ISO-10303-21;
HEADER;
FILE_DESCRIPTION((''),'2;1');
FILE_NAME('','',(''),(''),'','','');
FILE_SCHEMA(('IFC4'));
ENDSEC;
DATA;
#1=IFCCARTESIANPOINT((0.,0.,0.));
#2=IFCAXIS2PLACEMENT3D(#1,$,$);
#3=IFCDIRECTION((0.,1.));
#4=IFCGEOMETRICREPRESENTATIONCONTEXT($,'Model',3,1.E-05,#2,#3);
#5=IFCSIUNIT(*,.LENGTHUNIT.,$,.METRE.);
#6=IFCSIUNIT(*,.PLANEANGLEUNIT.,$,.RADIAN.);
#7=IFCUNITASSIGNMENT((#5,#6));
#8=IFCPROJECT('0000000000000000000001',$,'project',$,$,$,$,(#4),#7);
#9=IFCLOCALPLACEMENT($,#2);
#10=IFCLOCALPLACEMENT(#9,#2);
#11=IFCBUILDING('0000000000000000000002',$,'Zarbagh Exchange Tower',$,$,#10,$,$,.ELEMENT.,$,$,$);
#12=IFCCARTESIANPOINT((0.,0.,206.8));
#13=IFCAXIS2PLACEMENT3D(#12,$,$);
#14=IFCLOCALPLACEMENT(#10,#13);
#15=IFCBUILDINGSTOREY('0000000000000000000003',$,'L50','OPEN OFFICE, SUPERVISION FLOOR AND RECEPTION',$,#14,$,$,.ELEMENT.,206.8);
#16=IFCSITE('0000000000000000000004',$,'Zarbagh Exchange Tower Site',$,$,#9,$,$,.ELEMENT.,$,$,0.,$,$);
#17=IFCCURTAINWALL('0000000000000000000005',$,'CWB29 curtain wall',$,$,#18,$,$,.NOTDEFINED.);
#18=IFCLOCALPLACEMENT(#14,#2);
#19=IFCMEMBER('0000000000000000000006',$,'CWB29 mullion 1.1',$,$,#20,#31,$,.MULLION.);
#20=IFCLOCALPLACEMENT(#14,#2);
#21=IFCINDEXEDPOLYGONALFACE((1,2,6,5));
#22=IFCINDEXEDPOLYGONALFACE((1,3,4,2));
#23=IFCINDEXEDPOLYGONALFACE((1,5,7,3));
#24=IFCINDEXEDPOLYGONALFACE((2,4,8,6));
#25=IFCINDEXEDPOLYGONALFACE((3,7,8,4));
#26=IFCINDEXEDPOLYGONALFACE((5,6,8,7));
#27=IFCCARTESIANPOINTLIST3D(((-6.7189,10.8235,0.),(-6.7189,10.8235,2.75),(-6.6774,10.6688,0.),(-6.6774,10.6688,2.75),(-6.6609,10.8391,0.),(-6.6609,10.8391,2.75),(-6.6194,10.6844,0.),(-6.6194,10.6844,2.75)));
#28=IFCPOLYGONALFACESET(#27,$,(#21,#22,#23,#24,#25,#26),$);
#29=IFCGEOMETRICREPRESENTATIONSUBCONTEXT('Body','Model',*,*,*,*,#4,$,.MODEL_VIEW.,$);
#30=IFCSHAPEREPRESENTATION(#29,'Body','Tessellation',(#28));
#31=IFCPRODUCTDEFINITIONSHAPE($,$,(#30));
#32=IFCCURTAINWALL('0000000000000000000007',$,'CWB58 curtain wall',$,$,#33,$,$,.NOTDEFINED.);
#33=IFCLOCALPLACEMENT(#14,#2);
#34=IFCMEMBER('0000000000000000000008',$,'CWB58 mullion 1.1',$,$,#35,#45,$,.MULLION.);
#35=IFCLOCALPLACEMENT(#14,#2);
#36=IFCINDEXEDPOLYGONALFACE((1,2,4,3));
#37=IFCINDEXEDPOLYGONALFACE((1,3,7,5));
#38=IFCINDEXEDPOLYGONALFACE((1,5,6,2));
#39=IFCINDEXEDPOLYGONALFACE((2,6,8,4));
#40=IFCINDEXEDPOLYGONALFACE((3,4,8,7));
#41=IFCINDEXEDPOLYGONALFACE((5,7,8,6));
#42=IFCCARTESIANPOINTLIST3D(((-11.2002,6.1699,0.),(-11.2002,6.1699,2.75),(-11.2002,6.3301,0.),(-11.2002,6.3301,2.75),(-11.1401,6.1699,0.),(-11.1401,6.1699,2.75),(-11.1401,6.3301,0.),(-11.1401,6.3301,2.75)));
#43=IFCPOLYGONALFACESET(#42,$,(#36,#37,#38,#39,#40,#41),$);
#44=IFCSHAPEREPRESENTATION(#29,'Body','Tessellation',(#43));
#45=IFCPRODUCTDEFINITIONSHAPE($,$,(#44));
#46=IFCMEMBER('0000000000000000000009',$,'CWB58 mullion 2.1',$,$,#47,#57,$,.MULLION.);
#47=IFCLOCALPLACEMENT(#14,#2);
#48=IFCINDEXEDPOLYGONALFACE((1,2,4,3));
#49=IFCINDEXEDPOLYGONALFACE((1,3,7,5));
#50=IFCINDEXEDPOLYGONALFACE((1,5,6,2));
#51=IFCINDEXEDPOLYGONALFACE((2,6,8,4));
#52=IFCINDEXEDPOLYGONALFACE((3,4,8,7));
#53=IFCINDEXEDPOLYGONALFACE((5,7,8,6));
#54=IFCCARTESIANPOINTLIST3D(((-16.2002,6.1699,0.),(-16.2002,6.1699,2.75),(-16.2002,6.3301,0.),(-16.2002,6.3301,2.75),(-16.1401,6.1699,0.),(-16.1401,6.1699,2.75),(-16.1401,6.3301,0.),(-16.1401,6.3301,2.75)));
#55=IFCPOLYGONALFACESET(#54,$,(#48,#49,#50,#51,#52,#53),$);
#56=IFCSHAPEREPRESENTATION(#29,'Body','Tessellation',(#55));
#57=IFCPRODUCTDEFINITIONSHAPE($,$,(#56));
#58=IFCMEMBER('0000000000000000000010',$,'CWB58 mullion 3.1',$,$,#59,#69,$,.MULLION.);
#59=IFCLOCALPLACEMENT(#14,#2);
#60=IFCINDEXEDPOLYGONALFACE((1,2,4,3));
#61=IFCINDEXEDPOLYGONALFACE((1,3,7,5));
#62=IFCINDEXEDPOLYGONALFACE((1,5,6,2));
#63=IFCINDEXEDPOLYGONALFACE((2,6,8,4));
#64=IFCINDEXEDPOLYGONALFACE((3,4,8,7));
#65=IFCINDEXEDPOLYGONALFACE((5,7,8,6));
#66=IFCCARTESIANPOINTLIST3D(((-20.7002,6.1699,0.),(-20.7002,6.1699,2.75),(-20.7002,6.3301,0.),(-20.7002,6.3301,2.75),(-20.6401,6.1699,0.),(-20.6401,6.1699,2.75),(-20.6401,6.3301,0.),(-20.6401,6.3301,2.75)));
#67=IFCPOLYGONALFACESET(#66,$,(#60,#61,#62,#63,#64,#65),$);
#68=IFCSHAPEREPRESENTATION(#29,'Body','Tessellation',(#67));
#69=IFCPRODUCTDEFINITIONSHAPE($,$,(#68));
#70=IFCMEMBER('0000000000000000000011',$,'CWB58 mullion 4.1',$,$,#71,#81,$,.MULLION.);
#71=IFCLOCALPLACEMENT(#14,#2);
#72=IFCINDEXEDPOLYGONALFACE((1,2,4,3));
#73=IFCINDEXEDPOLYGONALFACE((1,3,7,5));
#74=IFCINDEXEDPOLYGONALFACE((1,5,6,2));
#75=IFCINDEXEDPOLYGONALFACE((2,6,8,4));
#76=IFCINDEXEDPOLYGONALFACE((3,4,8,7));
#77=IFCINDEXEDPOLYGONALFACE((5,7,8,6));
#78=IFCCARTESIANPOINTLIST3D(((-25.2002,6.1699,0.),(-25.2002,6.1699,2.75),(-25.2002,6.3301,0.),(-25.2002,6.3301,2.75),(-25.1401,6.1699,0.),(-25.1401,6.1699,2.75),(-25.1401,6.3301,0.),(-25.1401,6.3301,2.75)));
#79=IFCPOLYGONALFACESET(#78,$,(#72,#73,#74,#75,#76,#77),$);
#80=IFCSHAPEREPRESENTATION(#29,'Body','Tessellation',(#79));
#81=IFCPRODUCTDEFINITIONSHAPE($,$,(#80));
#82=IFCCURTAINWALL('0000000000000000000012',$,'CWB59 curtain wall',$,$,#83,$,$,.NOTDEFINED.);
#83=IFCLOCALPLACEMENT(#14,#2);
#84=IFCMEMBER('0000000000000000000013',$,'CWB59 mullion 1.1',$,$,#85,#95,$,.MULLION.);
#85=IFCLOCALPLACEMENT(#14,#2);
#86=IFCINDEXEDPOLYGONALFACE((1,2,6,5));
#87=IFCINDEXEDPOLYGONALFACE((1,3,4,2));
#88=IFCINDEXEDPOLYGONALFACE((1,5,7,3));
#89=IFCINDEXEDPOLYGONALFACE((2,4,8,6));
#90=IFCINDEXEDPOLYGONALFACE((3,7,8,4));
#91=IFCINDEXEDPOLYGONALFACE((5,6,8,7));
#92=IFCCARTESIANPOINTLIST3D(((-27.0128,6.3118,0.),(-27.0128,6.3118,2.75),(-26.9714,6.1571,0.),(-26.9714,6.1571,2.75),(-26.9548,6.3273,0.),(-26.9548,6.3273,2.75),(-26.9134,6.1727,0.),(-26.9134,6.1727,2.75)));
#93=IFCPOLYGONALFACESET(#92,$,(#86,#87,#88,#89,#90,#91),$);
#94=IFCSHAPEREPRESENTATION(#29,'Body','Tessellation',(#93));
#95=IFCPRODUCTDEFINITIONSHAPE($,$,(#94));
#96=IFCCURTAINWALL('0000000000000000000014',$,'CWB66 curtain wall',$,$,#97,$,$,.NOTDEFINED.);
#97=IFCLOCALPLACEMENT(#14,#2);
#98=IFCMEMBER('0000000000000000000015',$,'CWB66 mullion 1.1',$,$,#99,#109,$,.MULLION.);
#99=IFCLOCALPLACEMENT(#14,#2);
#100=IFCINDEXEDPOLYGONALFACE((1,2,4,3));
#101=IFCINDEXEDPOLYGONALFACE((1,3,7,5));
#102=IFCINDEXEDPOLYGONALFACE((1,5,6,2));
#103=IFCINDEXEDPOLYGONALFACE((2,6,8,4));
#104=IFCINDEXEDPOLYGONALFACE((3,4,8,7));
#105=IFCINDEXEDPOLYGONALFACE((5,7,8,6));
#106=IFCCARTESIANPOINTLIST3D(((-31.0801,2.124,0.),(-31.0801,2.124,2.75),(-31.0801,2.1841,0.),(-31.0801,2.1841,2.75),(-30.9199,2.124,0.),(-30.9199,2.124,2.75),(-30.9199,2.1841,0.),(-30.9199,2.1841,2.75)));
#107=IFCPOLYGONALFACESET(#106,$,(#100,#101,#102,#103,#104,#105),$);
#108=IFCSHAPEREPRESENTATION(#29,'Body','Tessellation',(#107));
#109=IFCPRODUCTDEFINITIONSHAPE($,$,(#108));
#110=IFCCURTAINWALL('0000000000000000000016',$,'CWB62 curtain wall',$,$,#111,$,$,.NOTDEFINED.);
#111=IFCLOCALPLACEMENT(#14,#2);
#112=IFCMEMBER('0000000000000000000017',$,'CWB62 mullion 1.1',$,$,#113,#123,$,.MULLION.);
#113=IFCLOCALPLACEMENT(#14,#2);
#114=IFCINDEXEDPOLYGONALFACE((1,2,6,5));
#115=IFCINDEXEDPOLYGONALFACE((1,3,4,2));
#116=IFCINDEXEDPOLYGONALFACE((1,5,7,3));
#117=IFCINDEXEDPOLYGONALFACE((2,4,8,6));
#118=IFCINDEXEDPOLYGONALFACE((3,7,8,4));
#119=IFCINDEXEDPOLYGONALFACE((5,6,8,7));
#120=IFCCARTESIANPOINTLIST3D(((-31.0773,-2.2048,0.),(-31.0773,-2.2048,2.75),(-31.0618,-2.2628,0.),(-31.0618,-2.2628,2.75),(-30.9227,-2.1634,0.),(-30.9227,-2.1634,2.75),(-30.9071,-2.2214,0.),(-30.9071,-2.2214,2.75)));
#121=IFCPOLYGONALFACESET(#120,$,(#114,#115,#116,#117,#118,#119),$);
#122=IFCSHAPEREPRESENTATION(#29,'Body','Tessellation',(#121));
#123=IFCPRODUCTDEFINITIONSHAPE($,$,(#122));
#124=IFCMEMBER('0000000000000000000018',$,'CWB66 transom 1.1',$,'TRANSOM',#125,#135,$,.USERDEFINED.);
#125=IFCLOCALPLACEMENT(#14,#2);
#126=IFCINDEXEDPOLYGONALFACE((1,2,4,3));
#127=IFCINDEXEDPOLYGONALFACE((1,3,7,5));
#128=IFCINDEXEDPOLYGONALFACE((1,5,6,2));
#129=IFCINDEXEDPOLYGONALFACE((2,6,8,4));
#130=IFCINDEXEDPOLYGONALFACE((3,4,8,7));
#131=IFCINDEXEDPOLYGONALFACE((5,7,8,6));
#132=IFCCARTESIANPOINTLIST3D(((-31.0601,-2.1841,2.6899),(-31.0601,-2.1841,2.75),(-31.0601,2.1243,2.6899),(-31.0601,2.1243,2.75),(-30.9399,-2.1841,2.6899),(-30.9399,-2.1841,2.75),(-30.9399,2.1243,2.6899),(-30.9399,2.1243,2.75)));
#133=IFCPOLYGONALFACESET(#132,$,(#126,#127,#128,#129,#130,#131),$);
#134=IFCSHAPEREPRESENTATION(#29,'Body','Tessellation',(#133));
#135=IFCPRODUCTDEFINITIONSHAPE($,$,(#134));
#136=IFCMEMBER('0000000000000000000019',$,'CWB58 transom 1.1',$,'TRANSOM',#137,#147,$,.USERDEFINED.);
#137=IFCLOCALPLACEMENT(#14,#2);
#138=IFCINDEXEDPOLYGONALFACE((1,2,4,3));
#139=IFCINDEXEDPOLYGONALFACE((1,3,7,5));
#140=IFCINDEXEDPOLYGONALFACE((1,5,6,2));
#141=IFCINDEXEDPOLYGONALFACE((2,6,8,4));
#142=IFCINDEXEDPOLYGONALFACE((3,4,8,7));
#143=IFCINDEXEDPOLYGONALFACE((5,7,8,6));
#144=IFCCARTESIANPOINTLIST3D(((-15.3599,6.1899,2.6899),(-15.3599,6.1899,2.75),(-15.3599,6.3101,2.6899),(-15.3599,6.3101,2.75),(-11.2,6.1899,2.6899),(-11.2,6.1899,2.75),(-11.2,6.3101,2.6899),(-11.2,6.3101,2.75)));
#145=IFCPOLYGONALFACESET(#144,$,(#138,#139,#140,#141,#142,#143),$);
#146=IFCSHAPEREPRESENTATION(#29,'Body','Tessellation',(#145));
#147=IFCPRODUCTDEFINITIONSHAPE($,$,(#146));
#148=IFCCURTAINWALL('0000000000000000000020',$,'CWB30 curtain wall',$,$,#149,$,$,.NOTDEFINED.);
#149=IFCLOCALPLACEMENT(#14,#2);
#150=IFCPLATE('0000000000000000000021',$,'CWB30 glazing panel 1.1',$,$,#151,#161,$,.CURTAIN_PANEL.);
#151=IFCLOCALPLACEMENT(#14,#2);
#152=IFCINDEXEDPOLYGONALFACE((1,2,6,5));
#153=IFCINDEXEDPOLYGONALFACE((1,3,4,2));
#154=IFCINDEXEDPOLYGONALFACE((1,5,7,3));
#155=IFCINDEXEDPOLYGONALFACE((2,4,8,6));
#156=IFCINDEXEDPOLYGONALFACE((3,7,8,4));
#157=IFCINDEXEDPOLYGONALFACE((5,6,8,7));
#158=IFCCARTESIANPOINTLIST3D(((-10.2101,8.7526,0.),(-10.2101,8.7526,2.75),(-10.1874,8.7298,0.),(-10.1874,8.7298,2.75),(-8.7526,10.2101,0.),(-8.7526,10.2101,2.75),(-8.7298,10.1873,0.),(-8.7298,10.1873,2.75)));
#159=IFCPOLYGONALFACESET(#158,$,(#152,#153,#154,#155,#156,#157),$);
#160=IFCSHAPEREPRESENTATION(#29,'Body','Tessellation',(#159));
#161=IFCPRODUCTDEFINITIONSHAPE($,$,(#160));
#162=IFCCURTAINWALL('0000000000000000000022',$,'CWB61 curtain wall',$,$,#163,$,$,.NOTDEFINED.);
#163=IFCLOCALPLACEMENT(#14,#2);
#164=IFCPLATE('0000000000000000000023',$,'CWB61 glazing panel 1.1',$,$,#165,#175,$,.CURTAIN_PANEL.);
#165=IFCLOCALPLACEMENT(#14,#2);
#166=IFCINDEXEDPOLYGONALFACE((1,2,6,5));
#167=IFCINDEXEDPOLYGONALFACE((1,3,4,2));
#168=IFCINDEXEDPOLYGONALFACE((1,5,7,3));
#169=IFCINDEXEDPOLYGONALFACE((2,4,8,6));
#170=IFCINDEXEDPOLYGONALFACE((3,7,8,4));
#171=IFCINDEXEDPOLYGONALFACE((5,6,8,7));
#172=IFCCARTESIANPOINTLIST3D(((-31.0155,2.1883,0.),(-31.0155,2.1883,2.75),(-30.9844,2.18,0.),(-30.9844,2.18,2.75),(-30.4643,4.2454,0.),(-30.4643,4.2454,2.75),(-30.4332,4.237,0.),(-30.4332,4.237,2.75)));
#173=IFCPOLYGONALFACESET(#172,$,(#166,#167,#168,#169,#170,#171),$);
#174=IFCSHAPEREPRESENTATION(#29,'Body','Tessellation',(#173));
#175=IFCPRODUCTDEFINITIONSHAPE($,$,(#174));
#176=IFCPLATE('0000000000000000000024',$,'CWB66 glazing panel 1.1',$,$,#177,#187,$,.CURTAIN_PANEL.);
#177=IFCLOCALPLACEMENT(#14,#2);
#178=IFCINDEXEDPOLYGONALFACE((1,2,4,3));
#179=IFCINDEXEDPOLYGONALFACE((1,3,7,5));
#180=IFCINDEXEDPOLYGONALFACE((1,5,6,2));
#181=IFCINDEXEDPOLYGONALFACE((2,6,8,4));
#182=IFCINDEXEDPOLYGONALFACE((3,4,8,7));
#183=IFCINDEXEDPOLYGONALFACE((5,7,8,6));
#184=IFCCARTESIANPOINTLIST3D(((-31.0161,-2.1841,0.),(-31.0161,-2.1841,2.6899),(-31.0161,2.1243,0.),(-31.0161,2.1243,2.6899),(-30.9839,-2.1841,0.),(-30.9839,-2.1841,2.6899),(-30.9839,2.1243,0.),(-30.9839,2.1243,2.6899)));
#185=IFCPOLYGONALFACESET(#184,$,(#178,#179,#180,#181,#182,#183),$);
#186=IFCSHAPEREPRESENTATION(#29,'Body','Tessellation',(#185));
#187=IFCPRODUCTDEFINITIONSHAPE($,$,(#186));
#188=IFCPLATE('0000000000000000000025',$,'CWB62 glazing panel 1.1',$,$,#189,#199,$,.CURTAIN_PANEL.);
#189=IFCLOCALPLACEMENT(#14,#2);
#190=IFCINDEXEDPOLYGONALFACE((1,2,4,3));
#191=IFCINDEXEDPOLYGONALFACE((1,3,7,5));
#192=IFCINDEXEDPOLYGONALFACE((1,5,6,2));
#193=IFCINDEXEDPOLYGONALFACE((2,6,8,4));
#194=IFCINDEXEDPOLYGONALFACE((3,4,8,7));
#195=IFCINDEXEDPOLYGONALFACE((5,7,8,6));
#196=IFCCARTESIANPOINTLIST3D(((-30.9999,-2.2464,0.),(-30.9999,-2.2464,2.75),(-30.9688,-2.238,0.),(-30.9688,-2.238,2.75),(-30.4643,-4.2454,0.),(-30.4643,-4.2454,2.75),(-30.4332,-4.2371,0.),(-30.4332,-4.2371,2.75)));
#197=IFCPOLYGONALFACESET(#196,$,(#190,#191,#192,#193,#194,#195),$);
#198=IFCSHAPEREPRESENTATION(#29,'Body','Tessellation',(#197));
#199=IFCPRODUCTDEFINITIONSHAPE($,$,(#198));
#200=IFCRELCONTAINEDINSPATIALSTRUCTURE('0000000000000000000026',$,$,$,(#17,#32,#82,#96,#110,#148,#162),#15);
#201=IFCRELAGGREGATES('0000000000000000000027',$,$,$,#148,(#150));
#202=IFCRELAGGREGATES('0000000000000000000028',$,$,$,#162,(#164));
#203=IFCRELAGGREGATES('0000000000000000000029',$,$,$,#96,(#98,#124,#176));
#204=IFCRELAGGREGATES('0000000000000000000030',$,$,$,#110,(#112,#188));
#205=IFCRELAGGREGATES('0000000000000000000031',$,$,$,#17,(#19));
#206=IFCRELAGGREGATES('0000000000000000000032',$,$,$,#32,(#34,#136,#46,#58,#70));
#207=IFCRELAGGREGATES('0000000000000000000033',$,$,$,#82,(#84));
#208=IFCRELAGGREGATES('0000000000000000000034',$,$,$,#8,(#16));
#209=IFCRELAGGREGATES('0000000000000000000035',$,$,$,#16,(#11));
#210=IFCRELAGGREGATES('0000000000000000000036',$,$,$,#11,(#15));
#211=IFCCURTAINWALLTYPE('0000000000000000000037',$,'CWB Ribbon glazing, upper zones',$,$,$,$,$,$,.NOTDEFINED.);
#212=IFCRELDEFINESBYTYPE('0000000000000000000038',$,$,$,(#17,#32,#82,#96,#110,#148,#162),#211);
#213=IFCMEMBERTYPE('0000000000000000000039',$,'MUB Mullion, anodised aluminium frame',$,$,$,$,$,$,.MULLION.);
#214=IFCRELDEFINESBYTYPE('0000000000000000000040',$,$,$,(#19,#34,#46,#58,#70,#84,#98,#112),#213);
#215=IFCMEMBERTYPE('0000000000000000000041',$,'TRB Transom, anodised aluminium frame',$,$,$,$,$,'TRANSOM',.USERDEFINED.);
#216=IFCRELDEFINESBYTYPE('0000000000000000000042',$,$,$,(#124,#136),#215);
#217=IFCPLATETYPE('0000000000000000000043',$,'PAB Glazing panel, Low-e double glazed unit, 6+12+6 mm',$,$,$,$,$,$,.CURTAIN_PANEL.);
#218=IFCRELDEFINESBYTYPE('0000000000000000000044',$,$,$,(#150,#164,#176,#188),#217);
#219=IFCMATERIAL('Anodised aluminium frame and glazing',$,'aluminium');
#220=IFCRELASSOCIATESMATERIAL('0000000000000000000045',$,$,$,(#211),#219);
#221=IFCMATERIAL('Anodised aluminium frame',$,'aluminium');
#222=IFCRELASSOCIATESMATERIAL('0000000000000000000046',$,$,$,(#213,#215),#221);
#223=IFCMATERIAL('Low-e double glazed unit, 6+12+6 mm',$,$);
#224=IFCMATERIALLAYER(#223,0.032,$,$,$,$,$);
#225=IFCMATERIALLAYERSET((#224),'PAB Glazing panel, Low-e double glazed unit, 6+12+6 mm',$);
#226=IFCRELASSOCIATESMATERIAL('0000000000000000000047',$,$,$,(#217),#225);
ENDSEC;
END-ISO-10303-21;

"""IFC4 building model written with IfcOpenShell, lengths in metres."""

from ifc_helpers import new_model, si_unit, direction, frame, origin, place, context, subcontext, project, spatial, polyline, outline, extrude, source, transform, mapped, material, layer, layer_set, type_object, element, aggregate, save


model = new_model("IFC4")

# Units and contexts
model_context = context("Model", 3, precision=1e-05, world=origin(), true_north=direction((0.0, 1.0)))
body_context = subcontext(model_context, "Body", "Model", "MODEL_VIEW")
ifc_project = project(units=[si_unit("LENGTHUNIT", "METRE"), si_unit("PLANEANGLEUNIT", "RADIAN")], contexts=[model_context])

# Site, building, storey
site_placement = place(None, origin())
site = spatial("IfcSite", under=ifc_project, at=site_placement, Name="Zarbagh Exchange Tower Site", CompositionType="ELEMENT", RefElevation=0.0)
building_placement = place(site_placement, origin())
building = spatial("IfcBuilding", under=site, at=building_placement, Name="Zarbagh Exchange Tower", CompositionType="ELEMENT")
storey_placement = place(building_placement, frame((0.0, 0.0, 206.8)))
storey = spatial("IfcBuildingStorey", under=building, at=storey_placement, Name="L50", Description="OPEN OFFICE, SUPERVISION FLOOR AND RECEPTION", CompositionType="ELEMENT", Elevation=206.8)

# Curtain wall, member
ifc_material_1 = material(Name="Anodised aluminium frame and glazing", Category="aluminium")
curtain_wall_type = type_object("IfcCurtainWallType", Name="CWB Ribbon glazing, upper zones", PredefinedType="NOTDEFINED", material=ifc_material_1)
curtain_wall_1_placement = place(storey_placement, origin())
curtain_wall_1 = element("IfcCurtainWall", 1, at=curtain_wall_1_placement, inside=storey, type_object=curtain_wall_type, Name="CWB29 curtain wall", PredefinedType="NOTDEFINED")
ifc_material_2 = material(Name="Anodised aluminium frame", Category="aluminium")
member_type_1 = type_object("IfcMemberType", Name="MUB Mullion, anodised aluminium frame", PredefinedType="MULLION", material=ifc_material_2)
shared_shape_1 = source(origin(), body_context, "Body", "SweptSolid", [
    extrude(outline(polyline([(0.0, -0.0801), (0.0601, -0.0801), (0.0601, 0.0801), (0.0, 0.0801), (0.0, -0.0801)])), origin(), (0.0, 0.0, 1.0), 2.75),
])
placement = place(storey_placement, origin())
member_1 = element("IfcMember", 2, at=placement, type_object=member_type_1, Name="CWB29 mullion 1.1", PredefinedType="MULLION", context=body_context, shape_type="MappedRepresentation", body=[
    mapped(shared_shape_1, transform((-6.6401, 10.7617, 0.0), x_axis=(-0.965924, -0.258825, 0.0), y_axis=(0.258825, -0.965924, 0.0), z_axis=(0.0, 0.0, 1.0))),
])

# Curtain wall, members
curtain_wall_2_placement = place(storey_placement, origin())
curtain_wall_2 = element("IfcCurtainWall", 3, at=curtain_wall_2_placement, inside=storey, type_object=curtain_wall_type, Name="CWB58 curtain wall", PredefinedType="NOTDEFINED")
member_2 = element("IfcMember", 4, at=placement, type_object=member_type_1, Name="CWB58 mullion 1.1", PredefinedType="MULLION", context=body_context, shape_type="MappedRepresentation", body=[
    mapped(shared_shape_1, transform((-11.1401, 6.25, 0.0), x_axis=(-1.0, 0.0, 0.0), y_axis=(0.0, -1.0, 0.0), z_axis=(0.0, 0.0, 1.0))),
])
member_3 = element("IfcMember", 5, at=placement, type_object=member_type_1, Name="CWB58 mullion 2.1", PredefinedType="MULLION", context=body_context, shape_type="MappedRepresentation", body=[
    mapped(shared_shape_1, transform((-16.1401, 6.25, 0.0), x_axis=(-1.0, 0.0, 0.0), y_axis=(0.0, -1.0, 0.0), z_axis=(0.0, 0.0, 1.0))),
])
member_4 = element("IfcMember", 6, at=placement, type_object=member_type_1, Name="CWB58 mullion 3.1", PredefinedType="MULLION", context=body_context, shape_type="MappedRepresentation", body=[
    mapped(shared_shape_1, transform((-20.6401, 6.25, 0.0), x_axis=(-1.0, 0.0, 0.0), y_axis=(0.0, -1.0, 0.0), z_axis=(0.0, 0.0, 1.0))),
])
member_5 = element("IfcMember", 7, at=placement, type_object=member_type_1, Name="CWB58 mullion 4.1", PredefinedType="MULLION", context=body_context, shape_type="MappedRepresentation", body=[
    mapped(shared_shape_1, transform((-25.1401, 6.25, 0.0), x_axis=(-1.0, 0.0, 0.0), y_axis=(0.0, -1.0, 0.0), z_axis=(0.0, 0.0, 1.0))),
])

# Curtain walls, members
curtain_wall_3_placement = place(storey_placement, origin())
curtain_wall_3 = element("IfcCurtainWall", 8, at=curtain_wall_3_placement, inside=storey, type_object=curtain_wall_type, Name="CWB59 curtain wall", PredefinedType="NOTDEFINED")
member_6 = element("IfcMember", 9, at=placement, type_object=member_type_1, Name="CWB59 mullion 1.1", PredefinedType="MULLION", context=body_context, shape_type="MappedRepresentation", body=[
    mapped(shared_shape_1, transform((-26.9341, 6.25, 0.0), x_axis=(-0.965924, -0.258825, 0.0), y_axis=(0.258825, -0.965924, 0.0), z_axis=(0.0, 0.0, 1.0))),
])
curtain_wall_4_placement = place(storey_placement, origin())
curtain_wall_4 = element("IfcCurtainWall", 10, at=curtain_wall_4_placement, inside=storey, type_object=curtain_wall_type, Name="CWB66 curtain wall", PredefinedType="NOTDEFINED")
member_7 = element("IfcMember", 11, at=placement, type_object=member_type_1, Name="CWB66 mullion 1.1", PredefinedType="MULLION", context=body_context, shape_type="MappedRepresentation", body=[
    mapped(shared_shape_1, transform((-31.0, 2.1841, 0.0), x_axis=(0.0, -1.0, 0.0), y_axis=(1.0, 0.0, 0.0), z_axis=(0.0, 0.0, 1.0))),
])
curtain_wall_5_placement = place(storey_placement, origin())
curtain_wall_5 = element("IfcCurtainWall", 12, at=curtain_wall_5_placement, inside=storey, type_object=curtain_wall_type, Name="CWB62 curtain wall", PredefinedType="NOTDEFINED")
member_8 = element("IfcMember", 13, at=placement, type_object=member_type_1, Name="CWB62 mullion 1.1", PredefinedType="MULLION", context=body_context, shape_type="MappedRepresentation", body=[
    mapped(shared_shape_1, transform((-31.0, -2.1841, 0.0), x_axis=(0.258825, -0.965924, 0.0), y_axis=(0.965924, 0.258825, 0.0), z_axis=(0.0, 0.0, 1.0))),
])

# Members
member_type_2 = type_object("IfcMemberType", Name="TRB Transom, anodised aluminium frame", ElementType="TRANSOM", PredefinedType="USERDEFINED", material=ifc_material_2)
shared_shape_2 = source(origin(), body_context, "Body", "SweptSolid", [
    extrude(outline(polyline([(-0.0601, -0.0601), (0.0, -0.0601), (0.0, 0.0601), (-0.0601, 0.0601), (-0.0601, -0.0601)])), origin(), (0.0, 0.0, 1.0), 4.3083),
])
member_9 = element("IfcMember", 14, at=placement, type_object=member_type_2, Name="CWB66 transom 1.1", ObjectType="TRANSOM", PredefinedType="USERDEFINED", context=body_context, shape_type="MappedRepresentation", body=[
    mapped(shared_shape_2, transform((-31.0, 2.1243, 2.75), x_axis=(0.0, 0.0, 1.0), y_axis=(-1.0, 0.0, 0.0), z_axis=(0.0, -1.0, 0.0))),
])
shared_shape_3 = source(origin(), body_context, "Body", "SweptSolid", [
    extrude(outline(polyline([(-0.0601, -0.0601), (0.0, -0.0601), (0.0, 0.0601), (-0.0601, 0.0601), (-0.0601, -0.0601)])), origin(), (0.0, 0.0, 1.0), 4.1599),
])
member_10 = element("IfcMember", 15, at=placement, type_object=member_type_2, Name="CWB58 transom 1.1", ObjectType="TRANSOM", PredefinedType="USERDEFINED", context=body_context, shape_type="MappedRepresentation", body=[
    mapped(shared_shape_3, transform((-11.2, 6.25, 2.75), x_axis=(0.0, 0.0, 1.0), y_axis=(0.0, 1.0, 0.0), z_axis=(-1.0, 0.0, 0.0))),
])

# Curtain walls, plates
curtain_wall_6_placement = place(storey_placement, origin())
curtain_wall_6 = element("IfcCurtainWall", 16, at=curtain_wall_6_placement, inside=storey, type_object=curtain_wall_type, Name="CWB30 curtain wall", PredefinedType="NOTDEFINED")
ifc_material_3 = material(Name="Low-e double glazed unit, 6+12+6 mm")
ifc_layer = layer(ifc_material_3, 0.032)
ifc_layer_set = layer_set([ifc_layer], Name="PAB Glazing panel, Low-e double glazed unit, 6+12+6 mm")
plate_type = type_object("IfcPlateType", Name="PAB Glazing panel, Low-e double glazed unit, 6+12+6 mm", PredefinedType="CURTAIN_PANEL", material=ifc_layer_set)
shared_shape_4 = source(origin(), body_context, "Body", "SweptSolid", [
    extrude(outline(polyline([(0.0, -0.0161), (2.0613, -0.0161), (2.0613, 0.0161), (0.0, 0.0161), (0.0, -0.0161)])), origin(), (0.0, 0.0, 1.0), 2.75),
])
plate_1 = element("IfcPlate", 17, at=placement, type_object=plate_type, Name="CWB30 glazing panel 1.1", PredefinedType="CURTAIN_PANEL", context=body_context, shape_type="MappedRepresentation", body=[
    mapped(shared_shape_4, transform((-8.7412, 10.1987, 0.0), x_axis=(-0.707107, -0.707107, 0.0), y_axis=(0.707107, -0.707107, 0.0), z_axis=(0.0, 0.0, 1.0))),
])
aggregate(curtain_wall_6, [plate_1])
curtain_wall_7_placement = place(storey_placement, origin())
curtain_wall_7 = element("IfcCurtainWall", 18, at=curtain_wall_7_placement, inside=storey, type_object=curtain_wall_type, Name="CWB61 curtain wall", PredefinedType="NOTDEFINED")
shared_shape_5 = source(origin(), body_context, "Body", "SweptSolid", [
    extrude(outline(polyline([(0.0, -0.0161), (2.1296, -0.0161), (2.1296, 0.0161), (0.0, 0.0161), (0.0, -0.0161)])), origin(), (0.0, 0.0, 1.0), 2.75),
])
plate_2 = element("IfcPlate", 19, at=placement, type_object=plate_type, Name="CWB61 glazing panel 1.1", PredefinedType="CURTAIN_PANEL", context=body_context, shape_type="MappedRepresentation", body=[
    mapped(shared_shape_5, transform((-30.4487, 4.2412, 0.0), x_axis=(-0.258825, -0.965924, 0.0), y_axis=(0.965924, -0.258825, 0.0), z_axis=(0.0, 0.0, 1.0))),
])
aggregate(curtain_wall_7, [plate_2])

# Plates
shared_shape_6 = source(origin(), body_context, "Body", "SweptSolid", [
    extrude(outline(polyline([(0.0, -0.0161), (4.3083, -0.0161), (4.3083, 0.0161), (0.0, 0.0161), (0.0, -0.0161)])), origin(), (0.0, 0.0, 1.0), 2.6899),
])
plate_3 = element("IfcPlate", 20, at=placement, type_object=plate_type, Name="CWB66 glazing panel 1.1", PredefinedType="CURTAIN_PANEL", context=body_context, shape_type="MappedRepresentation", body=[
    mapped(shared_shape_6, transform((-31.0, 2.1243, 0.0), x_axis=(0.0, -1.0, 0.0), y_axis=(1.0, 0.0, 0.0), z_axis=(0.0, 0.0, 1.0))),
])
aggregate(curtain_wall_4, [member_7, member_9, plate_3])
shared_shape_7 = source(origin(), body_context, "Body", "SweptSolid", [
    extrude(outline(polyline([(0.0, -0.0161), (2.0696, -0.0161), (2.0696, 0.0161), (0.0, 0.0161), (0.0, -0.0161)])), origin(), (0.0, 0.0, 1.0), 2.75),
])
plate_4 = element("IfcPlate", 21, at=placement, type_object=plate_type, Name="CWB62 glazing panel 1.1", PredefinedType="CURTAIN_PANEL", context=body_context, shape_type="MappedRepresentation", body=[
    mapped(shared_shape_7, transform((-30.9844, -2.2422, 0.0), x_axis=(0.258825, -0.965924, 0.0), y_axis=(0.965924, 0.258825, 0.0), z_axis=(0.0, 0.0, 1.0))),
])
aggregate(curtain_wall_5, [member_8, plate_4])
aggregate(curtain_wall_1, [member_1])

aggregate(curtain_wall_2, [member_2, member_10, member_3, member_4, member_5])
aggregate(curtain_wall_3, [member_6])

save(model, "model.ifc")
